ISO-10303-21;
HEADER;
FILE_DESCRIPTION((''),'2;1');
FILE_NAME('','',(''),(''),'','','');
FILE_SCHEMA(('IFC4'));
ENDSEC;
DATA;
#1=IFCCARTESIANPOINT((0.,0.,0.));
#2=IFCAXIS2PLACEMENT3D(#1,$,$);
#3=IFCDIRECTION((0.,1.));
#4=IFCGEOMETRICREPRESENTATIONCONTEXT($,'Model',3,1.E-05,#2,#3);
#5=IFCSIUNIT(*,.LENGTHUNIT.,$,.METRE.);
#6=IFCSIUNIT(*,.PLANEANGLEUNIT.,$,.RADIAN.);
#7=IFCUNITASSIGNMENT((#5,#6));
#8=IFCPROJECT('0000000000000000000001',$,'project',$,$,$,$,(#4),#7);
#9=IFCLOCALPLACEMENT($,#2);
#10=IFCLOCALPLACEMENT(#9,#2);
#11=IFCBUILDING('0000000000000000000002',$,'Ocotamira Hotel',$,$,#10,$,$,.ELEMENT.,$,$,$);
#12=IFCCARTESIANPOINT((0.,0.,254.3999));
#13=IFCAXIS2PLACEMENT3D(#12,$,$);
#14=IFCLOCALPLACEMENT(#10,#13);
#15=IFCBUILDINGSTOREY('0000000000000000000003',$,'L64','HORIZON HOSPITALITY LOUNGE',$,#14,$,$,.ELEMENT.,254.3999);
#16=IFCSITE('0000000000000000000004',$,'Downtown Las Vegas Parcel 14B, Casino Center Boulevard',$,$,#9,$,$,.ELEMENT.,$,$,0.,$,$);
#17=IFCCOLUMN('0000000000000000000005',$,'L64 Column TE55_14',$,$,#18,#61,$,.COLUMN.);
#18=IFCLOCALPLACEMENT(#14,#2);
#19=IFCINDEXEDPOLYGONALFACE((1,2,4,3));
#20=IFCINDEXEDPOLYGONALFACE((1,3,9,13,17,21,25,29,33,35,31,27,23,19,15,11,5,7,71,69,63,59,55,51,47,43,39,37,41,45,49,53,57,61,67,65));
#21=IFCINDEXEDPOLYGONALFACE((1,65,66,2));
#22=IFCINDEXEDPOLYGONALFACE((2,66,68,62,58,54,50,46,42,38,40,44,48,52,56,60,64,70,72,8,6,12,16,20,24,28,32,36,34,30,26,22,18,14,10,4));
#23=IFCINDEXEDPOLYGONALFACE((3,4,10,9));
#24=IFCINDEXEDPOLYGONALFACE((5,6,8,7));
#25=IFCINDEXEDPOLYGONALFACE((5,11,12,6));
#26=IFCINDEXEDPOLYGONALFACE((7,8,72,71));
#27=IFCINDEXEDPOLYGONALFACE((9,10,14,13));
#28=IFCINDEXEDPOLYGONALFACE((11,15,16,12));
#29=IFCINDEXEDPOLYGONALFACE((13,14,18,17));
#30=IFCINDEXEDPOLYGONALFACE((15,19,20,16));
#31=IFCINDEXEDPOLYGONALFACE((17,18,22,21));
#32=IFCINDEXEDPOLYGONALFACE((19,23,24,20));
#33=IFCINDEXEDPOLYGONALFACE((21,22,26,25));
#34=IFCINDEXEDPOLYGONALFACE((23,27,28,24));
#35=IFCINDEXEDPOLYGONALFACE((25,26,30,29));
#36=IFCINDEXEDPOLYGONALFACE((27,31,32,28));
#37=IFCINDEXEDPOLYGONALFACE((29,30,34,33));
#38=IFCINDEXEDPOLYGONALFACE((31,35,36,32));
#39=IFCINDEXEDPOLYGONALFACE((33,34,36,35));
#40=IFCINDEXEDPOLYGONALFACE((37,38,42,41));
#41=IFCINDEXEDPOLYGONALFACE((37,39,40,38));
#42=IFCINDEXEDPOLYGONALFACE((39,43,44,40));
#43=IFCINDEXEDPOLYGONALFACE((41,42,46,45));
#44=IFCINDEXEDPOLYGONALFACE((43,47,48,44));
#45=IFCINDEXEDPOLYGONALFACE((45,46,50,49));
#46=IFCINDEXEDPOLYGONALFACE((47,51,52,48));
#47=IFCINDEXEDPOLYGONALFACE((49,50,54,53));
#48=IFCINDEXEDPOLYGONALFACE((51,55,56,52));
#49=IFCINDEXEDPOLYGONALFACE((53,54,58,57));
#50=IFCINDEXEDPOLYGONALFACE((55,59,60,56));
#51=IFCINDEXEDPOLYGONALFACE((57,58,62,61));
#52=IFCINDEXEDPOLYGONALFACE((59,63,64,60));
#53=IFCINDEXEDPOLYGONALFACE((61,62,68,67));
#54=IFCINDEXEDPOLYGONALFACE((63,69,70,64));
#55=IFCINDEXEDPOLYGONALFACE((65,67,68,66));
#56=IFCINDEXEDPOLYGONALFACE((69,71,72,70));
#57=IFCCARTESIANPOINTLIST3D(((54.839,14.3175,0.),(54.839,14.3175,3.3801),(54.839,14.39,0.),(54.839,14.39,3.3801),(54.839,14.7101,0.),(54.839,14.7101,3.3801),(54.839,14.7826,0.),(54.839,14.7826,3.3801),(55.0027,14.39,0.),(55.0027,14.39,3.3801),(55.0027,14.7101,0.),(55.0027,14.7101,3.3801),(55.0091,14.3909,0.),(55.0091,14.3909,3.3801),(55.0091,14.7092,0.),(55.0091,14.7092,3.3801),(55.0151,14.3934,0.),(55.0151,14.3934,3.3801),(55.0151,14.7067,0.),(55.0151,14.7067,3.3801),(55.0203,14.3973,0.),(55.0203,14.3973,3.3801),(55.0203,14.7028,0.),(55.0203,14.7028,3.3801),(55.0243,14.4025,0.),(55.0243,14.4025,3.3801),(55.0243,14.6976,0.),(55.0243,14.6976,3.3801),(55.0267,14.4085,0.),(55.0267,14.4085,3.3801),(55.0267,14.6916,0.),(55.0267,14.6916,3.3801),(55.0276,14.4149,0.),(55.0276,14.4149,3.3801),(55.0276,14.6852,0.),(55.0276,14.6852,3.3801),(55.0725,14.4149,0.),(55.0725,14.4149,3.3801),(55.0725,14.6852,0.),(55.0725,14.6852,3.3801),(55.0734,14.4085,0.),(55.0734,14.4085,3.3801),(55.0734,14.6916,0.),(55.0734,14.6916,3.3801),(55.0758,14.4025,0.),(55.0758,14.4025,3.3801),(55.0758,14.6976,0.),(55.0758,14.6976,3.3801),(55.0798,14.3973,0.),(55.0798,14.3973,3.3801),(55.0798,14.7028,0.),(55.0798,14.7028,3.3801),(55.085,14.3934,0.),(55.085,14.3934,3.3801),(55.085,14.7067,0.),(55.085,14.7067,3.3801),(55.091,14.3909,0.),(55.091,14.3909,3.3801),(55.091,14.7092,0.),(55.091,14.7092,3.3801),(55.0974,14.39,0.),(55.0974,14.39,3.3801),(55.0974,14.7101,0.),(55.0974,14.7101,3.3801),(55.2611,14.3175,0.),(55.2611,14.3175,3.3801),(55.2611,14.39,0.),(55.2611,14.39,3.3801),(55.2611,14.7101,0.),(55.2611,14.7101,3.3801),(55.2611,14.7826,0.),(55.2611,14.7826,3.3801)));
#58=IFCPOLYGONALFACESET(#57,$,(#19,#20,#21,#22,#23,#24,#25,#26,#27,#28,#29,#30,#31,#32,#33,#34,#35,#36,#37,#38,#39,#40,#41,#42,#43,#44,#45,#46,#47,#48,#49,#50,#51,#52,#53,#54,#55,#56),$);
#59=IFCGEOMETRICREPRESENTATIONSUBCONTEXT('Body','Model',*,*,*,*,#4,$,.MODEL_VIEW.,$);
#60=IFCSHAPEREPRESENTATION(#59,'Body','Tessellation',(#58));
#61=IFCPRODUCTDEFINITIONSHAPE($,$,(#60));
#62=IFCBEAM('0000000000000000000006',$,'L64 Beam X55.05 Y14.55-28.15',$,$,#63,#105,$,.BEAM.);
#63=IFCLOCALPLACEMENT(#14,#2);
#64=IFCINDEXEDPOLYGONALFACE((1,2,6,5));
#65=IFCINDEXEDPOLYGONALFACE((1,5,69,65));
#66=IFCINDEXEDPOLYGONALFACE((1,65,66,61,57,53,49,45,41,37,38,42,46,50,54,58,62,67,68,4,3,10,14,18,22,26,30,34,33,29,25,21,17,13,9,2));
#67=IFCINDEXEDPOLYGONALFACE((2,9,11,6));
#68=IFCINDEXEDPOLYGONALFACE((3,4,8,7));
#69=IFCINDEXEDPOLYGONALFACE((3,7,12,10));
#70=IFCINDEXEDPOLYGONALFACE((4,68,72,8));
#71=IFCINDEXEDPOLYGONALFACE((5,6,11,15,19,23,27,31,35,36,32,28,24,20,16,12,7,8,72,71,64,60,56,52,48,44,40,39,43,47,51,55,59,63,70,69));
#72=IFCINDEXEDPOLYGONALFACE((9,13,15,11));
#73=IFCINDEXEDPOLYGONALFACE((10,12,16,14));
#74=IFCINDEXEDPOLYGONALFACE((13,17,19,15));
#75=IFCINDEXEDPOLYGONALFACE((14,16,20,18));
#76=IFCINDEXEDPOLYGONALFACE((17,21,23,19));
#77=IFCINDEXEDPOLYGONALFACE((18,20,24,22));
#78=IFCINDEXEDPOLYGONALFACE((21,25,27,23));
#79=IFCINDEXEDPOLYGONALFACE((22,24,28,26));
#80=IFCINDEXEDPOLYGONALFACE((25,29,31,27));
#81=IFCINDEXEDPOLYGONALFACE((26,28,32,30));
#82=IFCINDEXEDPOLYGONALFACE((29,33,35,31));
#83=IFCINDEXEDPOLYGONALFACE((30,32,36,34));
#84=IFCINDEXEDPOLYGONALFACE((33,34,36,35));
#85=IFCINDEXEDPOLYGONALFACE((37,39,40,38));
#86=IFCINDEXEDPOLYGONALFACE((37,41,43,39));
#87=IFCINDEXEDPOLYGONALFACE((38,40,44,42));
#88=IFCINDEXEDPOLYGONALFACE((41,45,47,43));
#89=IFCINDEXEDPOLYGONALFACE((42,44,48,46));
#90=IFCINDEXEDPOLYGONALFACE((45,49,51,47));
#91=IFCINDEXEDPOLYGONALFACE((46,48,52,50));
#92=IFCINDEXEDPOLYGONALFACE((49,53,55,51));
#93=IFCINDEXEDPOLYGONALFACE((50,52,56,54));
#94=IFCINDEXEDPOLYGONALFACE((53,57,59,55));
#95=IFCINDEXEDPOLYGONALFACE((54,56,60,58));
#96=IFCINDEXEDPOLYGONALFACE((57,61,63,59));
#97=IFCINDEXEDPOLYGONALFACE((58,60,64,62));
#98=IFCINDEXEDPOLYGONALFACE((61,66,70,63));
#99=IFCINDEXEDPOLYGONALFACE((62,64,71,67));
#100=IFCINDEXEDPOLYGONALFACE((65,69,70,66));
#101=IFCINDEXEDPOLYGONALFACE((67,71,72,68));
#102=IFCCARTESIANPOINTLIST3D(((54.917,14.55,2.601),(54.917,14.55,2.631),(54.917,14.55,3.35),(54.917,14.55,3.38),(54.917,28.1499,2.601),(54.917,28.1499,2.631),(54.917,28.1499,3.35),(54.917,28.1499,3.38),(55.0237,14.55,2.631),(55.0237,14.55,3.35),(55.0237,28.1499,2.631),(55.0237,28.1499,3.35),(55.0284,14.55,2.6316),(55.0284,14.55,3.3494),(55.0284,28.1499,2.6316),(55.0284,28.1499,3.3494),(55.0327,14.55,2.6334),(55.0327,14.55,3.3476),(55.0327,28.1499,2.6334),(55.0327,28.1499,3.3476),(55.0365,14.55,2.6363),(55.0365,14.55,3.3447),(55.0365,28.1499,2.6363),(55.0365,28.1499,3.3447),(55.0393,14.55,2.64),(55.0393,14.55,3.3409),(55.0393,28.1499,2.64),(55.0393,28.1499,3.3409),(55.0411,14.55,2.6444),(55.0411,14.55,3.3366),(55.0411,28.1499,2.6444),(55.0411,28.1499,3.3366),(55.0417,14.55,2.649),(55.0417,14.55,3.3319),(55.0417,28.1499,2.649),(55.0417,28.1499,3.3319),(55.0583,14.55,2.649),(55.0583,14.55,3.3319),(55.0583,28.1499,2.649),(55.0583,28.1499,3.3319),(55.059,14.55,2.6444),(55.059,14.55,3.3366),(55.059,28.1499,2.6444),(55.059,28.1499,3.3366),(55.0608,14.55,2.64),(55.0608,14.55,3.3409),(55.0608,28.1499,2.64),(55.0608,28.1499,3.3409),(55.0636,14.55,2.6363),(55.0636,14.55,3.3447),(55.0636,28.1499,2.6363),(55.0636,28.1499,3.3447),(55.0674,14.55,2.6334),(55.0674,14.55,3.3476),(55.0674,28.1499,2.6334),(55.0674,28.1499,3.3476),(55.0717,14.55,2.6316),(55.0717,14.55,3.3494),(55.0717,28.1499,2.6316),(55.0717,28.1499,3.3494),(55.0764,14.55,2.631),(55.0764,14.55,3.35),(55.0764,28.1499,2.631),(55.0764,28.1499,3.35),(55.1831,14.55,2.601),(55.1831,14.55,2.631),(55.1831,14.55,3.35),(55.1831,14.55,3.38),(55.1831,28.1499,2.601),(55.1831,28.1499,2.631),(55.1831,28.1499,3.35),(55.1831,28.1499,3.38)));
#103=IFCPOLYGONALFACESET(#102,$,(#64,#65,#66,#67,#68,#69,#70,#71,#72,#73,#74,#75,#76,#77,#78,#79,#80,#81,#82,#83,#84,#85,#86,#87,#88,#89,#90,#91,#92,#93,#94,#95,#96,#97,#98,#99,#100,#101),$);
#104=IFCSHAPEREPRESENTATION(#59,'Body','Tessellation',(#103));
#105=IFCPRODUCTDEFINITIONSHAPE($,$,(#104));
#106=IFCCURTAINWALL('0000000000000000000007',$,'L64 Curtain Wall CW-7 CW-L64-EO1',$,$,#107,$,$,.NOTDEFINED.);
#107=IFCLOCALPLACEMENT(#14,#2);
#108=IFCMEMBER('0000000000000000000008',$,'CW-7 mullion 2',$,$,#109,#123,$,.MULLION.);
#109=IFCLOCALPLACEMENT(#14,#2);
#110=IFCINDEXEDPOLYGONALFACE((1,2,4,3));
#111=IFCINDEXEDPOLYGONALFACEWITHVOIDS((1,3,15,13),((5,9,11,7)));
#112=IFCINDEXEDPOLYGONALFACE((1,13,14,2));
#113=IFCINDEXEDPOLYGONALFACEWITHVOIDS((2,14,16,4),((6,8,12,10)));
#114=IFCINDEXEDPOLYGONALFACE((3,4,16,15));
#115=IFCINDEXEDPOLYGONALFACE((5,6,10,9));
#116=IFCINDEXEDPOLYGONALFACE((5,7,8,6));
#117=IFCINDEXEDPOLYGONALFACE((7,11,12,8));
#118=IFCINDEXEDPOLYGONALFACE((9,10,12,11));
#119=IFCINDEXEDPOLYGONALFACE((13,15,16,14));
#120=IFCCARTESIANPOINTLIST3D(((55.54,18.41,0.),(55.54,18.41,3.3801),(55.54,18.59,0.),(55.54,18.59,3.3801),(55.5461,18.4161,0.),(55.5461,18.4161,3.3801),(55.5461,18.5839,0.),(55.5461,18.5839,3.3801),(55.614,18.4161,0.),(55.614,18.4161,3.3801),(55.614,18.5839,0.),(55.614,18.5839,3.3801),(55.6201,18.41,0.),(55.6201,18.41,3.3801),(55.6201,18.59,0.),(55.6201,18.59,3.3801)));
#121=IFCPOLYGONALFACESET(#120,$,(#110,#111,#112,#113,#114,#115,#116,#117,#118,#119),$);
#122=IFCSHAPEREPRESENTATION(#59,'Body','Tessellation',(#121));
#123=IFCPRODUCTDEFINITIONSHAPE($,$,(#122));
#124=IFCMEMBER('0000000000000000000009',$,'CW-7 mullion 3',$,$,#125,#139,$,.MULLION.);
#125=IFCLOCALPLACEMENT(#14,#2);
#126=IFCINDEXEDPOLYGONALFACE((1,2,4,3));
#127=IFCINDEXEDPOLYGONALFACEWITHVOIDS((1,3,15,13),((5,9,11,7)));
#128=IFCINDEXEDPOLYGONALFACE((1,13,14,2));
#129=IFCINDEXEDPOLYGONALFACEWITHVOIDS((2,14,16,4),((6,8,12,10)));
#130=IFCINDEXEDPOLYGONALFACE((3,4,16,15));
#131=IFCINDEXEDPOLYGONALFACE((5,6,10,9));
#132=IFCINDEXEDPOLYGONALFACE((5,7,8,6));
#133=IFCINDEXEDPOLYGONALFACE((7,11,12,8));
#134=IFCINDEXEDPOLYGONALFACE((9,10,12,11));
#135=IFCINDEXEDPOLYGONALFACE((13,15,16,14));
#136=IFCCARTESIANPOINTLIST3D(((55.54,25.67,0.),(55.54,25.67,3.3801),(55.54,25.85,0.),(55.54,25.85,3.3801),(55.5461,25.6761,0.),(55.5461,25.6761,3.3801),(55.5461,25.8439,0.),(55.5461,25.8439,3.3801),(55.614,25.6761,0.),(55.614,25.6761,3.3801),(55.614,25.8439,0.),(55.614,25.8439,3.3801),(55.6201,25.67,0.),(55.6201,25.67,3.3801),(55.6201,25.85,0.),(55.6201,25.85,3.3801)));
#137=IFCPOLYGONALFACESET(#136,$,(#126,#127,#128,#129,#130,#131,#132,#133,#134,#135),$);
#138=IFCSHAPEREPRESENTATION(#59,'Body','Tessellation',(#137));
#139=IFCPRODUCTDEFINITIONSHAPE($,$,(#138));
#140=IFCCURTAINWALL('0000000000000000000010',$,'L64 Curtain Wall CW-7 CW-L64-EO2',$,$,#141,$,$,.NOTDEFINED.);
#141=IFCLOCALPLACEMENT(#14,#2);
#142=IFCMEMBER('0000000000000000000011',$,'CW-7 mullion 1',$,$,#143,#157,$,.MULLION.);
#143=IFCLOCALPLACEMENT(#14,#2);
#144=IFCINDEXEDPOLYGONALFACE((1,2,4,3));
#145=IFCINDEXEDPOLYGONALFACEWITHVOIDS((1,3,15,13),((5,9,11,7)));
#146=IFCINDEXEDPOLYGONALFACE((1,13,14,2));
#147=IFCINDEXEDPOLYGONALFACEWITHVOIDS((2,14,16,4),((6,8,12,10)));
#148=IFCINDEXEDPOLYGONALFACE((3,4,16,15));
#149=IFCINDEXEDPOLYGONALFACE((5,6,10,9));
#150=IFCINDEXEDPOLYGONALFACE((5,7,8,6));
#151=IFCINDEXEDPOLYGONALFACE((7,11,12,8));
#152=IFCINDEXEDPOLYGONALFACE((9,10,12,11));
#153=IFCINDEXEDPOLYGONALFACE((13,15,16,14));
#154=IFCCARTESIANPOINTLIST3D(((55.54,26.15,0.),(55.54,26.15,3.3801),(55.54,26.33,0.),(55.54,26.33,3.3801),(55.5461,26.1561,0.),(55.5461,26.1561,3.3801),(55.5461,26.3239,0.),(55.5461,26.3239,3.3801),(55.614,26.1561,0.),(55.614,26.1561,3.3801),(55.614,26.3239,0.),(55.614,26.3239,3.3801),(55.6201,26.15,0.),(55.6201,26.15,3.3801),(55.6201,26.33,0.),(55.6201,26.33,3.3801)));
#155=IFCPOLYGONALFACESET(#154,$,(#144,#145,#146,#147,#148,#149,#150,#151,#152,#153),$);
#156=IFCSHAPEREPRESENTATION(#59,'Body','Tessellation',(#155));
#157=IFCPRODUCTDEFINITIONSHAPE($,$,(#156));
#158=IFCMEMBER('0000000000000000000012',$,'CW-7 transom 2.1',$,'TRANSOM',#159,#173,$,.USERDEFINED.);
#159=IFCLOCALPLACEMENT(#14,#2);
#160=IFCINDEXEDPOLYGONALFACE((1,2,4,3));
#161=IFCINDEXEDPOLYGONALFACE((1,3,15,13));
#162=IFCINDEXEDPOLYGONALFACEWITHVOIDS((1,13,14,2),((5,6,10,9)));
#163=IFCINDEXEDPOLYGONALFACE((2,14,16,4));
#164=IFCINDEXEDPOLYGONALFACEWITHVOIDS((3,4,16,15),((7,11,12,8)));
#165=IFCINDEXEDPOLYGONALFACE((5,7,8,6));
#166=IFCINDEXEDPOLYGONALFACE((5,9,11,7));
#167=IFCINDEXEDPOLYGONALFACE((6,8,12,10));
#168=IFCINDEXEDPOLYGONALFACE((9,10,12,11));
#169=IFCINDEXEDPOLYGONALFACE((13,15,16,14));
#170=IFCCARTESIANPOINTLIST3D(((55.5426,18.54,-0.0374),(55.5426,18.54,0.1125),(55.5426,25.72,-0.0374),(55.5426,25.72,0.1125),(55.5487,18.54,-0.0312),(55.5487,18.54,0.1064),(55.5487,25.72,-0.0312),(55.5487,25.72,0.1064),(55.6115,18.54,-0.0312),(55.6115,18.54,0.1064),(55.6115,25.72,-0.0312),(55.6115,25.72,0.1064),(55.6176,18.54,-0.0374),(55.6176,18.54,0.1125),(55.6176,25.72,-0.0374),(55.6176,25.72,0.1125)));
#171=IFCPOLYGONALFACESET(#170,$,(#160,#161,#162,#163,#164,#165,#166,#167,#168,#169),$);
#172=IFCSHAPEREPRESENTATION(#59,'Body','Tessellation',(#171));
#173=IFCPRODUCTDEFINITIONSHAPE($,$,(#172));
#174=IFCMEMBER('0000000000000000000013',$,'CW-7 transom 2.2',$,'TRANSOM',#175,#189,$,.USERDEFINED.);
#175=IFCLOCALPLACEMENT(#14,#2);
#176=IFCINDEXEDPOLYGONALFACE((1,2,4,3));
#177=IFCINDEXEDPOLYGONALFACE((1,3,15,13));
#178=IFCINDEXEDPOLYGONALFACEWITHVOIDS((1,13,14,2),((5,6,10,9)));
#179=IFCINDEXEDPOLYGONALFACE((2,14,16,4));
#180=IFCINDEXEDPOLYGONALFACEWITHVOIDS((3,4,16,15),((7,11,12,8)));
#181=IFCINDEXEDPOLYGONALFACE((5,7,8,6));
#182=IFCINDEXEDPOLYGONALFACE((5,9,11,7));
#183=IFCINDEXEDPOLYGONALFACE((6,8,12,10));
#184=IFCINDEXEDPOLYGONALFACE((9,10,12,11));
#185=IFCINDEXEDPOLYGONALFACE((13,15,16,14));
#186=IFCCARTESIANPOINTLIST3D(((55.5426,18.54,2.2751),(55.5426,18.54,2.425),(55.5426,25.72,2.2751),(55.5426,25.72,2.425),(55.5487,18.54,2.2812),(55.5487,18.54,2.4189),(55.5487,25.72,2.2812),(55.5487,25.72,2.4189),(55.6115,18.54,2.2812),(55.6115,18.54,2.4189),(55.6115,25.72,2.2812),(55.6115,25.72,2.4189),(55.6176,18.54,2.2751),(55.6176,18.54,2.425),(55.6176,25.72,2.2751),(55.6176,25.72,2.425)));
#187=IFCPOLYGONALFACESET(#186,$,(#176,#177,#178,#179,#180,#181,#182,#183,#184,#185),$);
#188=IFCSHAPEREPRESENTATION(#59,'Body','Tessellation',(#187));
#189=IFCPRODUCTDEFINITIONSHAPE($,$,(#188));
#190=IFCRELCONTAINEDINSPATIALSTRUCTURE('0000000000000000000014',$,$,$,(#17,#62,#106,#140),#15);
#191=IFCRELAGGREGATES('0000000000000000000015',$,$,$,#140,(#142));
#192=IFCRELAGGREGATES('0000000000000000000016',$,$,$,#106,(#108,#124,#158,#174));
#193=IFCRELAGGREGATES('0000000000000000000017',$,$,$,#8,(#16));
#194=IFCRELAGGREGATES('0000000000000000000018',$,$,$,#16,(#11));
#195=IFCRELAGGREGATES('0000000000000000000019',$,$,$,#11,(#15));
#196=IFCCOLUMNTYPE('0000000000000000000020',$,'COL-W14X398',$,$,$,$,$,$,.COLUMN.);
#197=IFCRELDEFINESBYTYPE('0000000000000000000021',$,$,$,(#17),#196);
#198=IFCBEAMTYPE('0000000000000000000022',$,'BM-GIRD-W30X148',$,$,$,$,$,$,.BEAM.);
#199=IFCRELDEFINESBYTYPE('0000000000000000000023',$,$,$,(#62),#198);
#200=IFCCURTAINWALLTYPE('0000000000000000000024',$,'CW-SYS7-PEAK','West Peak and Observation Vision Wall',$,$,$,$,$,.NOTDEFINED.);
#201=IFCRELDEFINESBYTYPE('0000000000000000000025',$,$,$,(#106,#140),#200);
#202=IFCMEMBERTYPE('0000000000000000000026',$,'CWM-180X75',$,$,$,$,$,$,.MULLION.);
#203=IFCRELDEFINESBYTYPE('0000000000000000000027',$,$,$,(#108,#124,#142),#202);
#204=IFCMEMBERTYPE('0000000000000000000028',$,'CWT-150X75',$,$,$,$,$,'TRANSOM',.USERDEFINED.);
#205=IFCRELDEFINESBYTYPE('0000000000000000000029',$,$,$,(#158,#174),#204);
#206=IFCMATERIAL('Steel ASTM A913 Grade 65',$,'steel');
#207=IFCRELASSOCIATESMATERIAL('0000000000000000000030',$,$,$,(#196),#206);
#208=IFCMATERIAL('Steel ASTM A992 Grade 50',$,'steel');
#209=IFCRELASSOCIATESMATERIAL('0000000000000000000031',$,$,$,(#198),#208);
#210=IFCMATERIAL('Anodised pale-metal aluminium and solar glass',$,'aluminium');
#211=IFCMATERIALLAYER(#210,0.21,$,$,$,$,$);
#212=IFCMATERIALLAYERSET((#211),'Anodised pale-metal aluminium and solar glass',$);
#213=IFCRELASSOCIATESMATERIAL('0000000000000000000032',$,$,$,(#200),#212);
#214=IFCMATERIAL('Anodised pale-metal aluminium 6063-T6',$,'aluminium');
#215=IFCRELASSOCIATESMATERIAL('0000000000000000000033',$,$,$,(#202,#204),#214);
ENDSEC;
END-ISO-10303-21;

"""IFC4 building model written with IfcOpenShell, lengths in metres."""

from ifc_helpers import new_model, si_unit, direction, frame, origin, origin_2d, place, context, subcontext, project, spatial, hollow_rectangle, i_section, extrude, source, transform, mapped, material, layer, layer_set, material_profile, profile_set, type_object, element, aggregate, save


model = new_model("IFC4")

# Units and contexts
model_context = context("Model", 3, precision=1e-05, world=origin(), true_north=direction((0.0, 1.0)))
body_context = subcontext(model_context, "Body", "Model", "MODEL_VIEW")
ifc_project = project(units=[si_unit("LENGTHUNIT", "METRE"), si_unit("PLANEANGLEUNIT", "RADIAN")], contexts=[model_context])

# Site, building, storey
site_placement = place(None, origin())
site = spatial("IfcSite", under=ifc_project, at=site_placement, Name="Downtown Las Vegas Parcel 14B, Casino Center Boulevard", CompositionType="ELEMENT", RefElevation=0.0)
building_placement = place(site_placement, origin())
building = spatial("IfcBuilding", under=site, at=building_placement, Name="Ocotamira Hotel", CompositionType="ELEMENT")
storey_placement = place(building_placement, frame((0.0, 0.0, 254.3999)))
storey = spatial("IfcBuildingStorey", under=building, at=storey_placement, Name="L64", Description="HORIZON HOSPITALITY LOUNGE", CompositionType="ELEMENT", Elevation=254.3999)

# Column
ifc_material_1 = material(Name="Steel ASTM A913 Grade 65", Category="steel")
ifc_material_profile_1 = material_profile(ifc_material_1, i_section(OverallWidth=0.4221, OverallDepth=0.4651, WebThickness=0.0449, FlangeThickness=0.0725, FilletRadius=0.0249, at=origin_2d()), Name="W14X398")
ifc_profile_set_1 = profile_set([ifc_material_profile_1], Name="Steel ASTM A913 Grade 65")
column_type = type_object("IfcColumnType", Name="COL-W14X398", PredefinedType="COLUMN", material=ifc_profile_set_1)
shared_shape_1 = source(origin(), body_context, "Body", "SweptSolid", [
    extrude(i_section(OverallWidth=0.4221, OverallDepth=0.4651, WebThickness=0.0449, FlangeThickness=0.0725, FilletRadius=0.0249, at=origin_2d()), origin(), (0.0, 0.0, 1.0), 3.3801),
])
column_placement = place(storey_placement, frame((55.05, 14.55, 0.0), z_axis=(0.0, 0.0, 1.0), x_axis=(1.0, 0.0, 0.0)))
element("IfcColumn", 1, at=column_placement, inside=storey, type_object=column_type, Name="L64 Column TE55_14", PredefinedType="COLUMN", context=body_context, shape_type="MappedRepresentation", body=[
    mapped(shared_shape_1, transform((0.0, 0.0, 0.0), scale=1.0)),
])

# Beam
ifc_material_2 = material(Name="Steel ASTM A992 Grade 50", Category="steel")
ifc_material_profile_2 = material_profile(ifc_material_2, i_section(OverallWidth=0.2661, OverallDepth=0.7791, WebThickness=0.0166, FlangeThickness=0.03, FilletRadius=0.0181, at=origin_2d()), Name="W30X148")
ifc_profile_set_2 = profile_set([ifc_material_profile_2], Name="Steel ASTM A992 Grade 50")
beam_type = type_object("IfcBeamType", Name="BM-GIRD-W30X148", PredefinedType="BEAM", material=ifc_profile_set_2)
shared_shape_2 = source(origin(), body_context, "Body", "SweptSolid", [
    extrude(i_section(OverallWidth=0.2661, OverallDepth=0.7791, WebThickness=0.0166, FlangeThickness=0.03, FilletRadius=0.0181, at=origin_2d()), origin(), (0.0, 0.0, 1.0), 13.5999),
])
beam_placement = place(storey_placement, frame((55.05, 14.55, 2.9905), z_axis=(0.0, 1.0, 0.0), x_axis=(-1.0, 0.0, 0.0)))
element("IfcBeam", 2, at=beam_placement, inside=storey, type_object=beam_type, Name="L64 Beam X55.05 Y14.55-28.15", PredefinedType="BEAM", context=body_context, shape_type="MappedRepresentation", body=[
    mapped(shared_shape_2, transform((0.0, 0.0, 0.0), scale=1.0)),
])

# Curtain wall, members
ifc_material_3 = material(Name="Anodised pale-metal aluminium and solar glass", Category="aluminium")
ifc_layer_1 = layer(ifc_material_3, 0.21)
ifc_layer_set_1 = layer_set([ifc_layer_1], Name="Anodised pale-metal aluminium and solar glass")
curtain_wall_type = type_object("IfcCurtainWallType", Name="CW-SYS7-PEAK", Description="West Peak and Observation Vision Wall", PredefinedType="NOTDEFINED", material=ifc_layer_set_1)
curtain_wall_1_placement = place(storey_placement, origin())
curtain_wall_1 = element("IfcCurtainWall", 3, at=curtain_wall_1_placement, inside=storey, type_object=curtain_wall_type, Name="L64 Curtain Wall CW-7 CW-L64-EO1", PredefinedType="NOTDEFINED")
ifc_material_4 = material(Name="Anodised pale-metal aluminium 6063-T6", Category="aluminium")
ifc_material_profile_3 = material_profile(ifc_material_4, hollow_rectangle(XDim=0.0801, YDim=0.1799, WallThickness=0.0061, at=origin_2d()), Name="HSS180X80X6")
ifc_profile_set_3 = profile_set([ifc_material_profile_3], Name="Anodised pale-metal aluminium 6063-T6")
member_type_1 = type_object("IfcMemberType", Name="CWM-180X75", PredefinedType="MULLION", material=ifc_profile_set_3)
shared_shape_3 = source(origin(), body_context, "Body", "SweptSolid", [
    extrude(hollow_rectangle(XDim=0.0801, YDim=0.1799, WallThickness=0.0061, at=origin_2d()), origin(), (0.0, 0.0, 1.0), 3.3801),
])
member_1_placement = place(storey_placement, frame((55.5801, 18.5, 0.0), z_axis=(0.0, 0.0, 1.0), x_axis=(-1.0, 0.0, 0.0)))
member_1 = element("IfcMember", 4, at=member_1_placement, type_object=member_type_1, Name="CW-7 mullion 2", PredefinedType="MULLION", context=body_context, shape_type="MappedRepresentation", body=[
    mapped(shared_shape_3, transform((0.0, 0.0, 0.0), scale=1.0)),
])
member_2_placement = place(storey_placement, frame((55.5801, 25.76, 0.0), z_axis=(0.0, 0.0, 1.0), x_axis=(-1.0, 0.0, 0.0)))
member_2 = element("IfcMember", 5, at=member_2_placement, type_object=member_type_1, Name="CW-7 mullion 3", PredefinedType="MULLION", context=body_context, shape_type="MappedRepresentation", body=[
    mapped(shared_shape_3, transform((0.0, 0.0, 0.0), scale=1.0)),
])

# Curtain wall, member
curtain_wall_2_placement = place(storey_placement, origin())
curtain_wall_2 = element("IfcCurtainWall", 6, at=curtain_wall_2_placement, inside=storey, type_object=curtain_wall_type, Name="L64 Curtain Wall CW-7 CW-L64-EO2", PredefinedType="NOTDEFINED")
member_3_placement = place(storey_placement, frame((55.5801, 26.24, 0.0), z_axis=(0.0, 0.0, 1.0), x_axis=(-1.0, 0.0, 0.0)))
member_3 = element("IfcMember", 7, at=member_3_placement, type_object=member_type_1, Name="CW-7 mullion 1", PredefinedType="MULLION", context=body_context, shape_type="MappedRepresentation", body=[
    mapped(shared_shape_3, transform((0.0, 0.0, 0.0), scale=1.0)),
])

# Members
ifc_material_profile_4 = material_profile(ifc_material_4, hollow_rectangle(XDim=0.075, YDim=0.1499, WallThickness=0.0061, at=origin_2d()), Name="HSS150X75X6")
ifc_profile_set_4 = profile_set([ifc_material_profile_4], Name="Anodised pale-metal aluminium 6063-T6")
member_type_2 = type_object("IfcMemberType", Name="CWT-150X75", ElementType="TRANSOM", PredefinedType="USERDEFINED", material=ifc_profile_set_4)
shared_shape_4 = source(origin(), body_context, "Body", "SweptSolid", [
    extrude(hollow_rectangle(XDim=0.075, YDim=0.1499, WallThickness=0.0061, at=origin_2d()), origin(), (0.0, 0.0, 1.0), 7.1799),
])
member_4_placement = place(storey_placement, frame((55.5801, 18.54, 0.0376), z_axis=(0.0, 1.0, 0.0), x_axis=(-1.0, 0.0, 0.0)))
member_4 = element("IfcMember", 8, at=member_4_placement, type_object=member_type_2, Name="CW-7 transom 2.1", ObjectType="TRANSOM", PredefinedType="USERDEFINED", context=body_context, shape_type="MappedRepresentation", body=[
    mapped(shared_shape_4, transform((0.0, 0.0, 0.0), scale=1.0)),
])
member_5_placement = place(storey_placement, frame((55.5801, 18.54, 2.3501), z_axis=(0.0, 1.0, 0.0), x_axis=(-1.0, 0.0, 0.0)))
member_5 = element("IfcMember", 9, at=member_5_placement, type_object=member_type_2, Name="CW-7 transom 2.2", ObjectType="TRANSOM", PredefinedType="USERDEFINED", context=body_context, shape_type="MappedRepresentation", body=[
    mapped(shared_shape_4, transform((0.0, 0.0, 0.0), scale=1.0)),
])
aggregate(curtain_wall_2, [member_3])

aggregate(curtain_wall_1, [member_1, member_2, member_4, member_5])

save(model, "model.ifc")
